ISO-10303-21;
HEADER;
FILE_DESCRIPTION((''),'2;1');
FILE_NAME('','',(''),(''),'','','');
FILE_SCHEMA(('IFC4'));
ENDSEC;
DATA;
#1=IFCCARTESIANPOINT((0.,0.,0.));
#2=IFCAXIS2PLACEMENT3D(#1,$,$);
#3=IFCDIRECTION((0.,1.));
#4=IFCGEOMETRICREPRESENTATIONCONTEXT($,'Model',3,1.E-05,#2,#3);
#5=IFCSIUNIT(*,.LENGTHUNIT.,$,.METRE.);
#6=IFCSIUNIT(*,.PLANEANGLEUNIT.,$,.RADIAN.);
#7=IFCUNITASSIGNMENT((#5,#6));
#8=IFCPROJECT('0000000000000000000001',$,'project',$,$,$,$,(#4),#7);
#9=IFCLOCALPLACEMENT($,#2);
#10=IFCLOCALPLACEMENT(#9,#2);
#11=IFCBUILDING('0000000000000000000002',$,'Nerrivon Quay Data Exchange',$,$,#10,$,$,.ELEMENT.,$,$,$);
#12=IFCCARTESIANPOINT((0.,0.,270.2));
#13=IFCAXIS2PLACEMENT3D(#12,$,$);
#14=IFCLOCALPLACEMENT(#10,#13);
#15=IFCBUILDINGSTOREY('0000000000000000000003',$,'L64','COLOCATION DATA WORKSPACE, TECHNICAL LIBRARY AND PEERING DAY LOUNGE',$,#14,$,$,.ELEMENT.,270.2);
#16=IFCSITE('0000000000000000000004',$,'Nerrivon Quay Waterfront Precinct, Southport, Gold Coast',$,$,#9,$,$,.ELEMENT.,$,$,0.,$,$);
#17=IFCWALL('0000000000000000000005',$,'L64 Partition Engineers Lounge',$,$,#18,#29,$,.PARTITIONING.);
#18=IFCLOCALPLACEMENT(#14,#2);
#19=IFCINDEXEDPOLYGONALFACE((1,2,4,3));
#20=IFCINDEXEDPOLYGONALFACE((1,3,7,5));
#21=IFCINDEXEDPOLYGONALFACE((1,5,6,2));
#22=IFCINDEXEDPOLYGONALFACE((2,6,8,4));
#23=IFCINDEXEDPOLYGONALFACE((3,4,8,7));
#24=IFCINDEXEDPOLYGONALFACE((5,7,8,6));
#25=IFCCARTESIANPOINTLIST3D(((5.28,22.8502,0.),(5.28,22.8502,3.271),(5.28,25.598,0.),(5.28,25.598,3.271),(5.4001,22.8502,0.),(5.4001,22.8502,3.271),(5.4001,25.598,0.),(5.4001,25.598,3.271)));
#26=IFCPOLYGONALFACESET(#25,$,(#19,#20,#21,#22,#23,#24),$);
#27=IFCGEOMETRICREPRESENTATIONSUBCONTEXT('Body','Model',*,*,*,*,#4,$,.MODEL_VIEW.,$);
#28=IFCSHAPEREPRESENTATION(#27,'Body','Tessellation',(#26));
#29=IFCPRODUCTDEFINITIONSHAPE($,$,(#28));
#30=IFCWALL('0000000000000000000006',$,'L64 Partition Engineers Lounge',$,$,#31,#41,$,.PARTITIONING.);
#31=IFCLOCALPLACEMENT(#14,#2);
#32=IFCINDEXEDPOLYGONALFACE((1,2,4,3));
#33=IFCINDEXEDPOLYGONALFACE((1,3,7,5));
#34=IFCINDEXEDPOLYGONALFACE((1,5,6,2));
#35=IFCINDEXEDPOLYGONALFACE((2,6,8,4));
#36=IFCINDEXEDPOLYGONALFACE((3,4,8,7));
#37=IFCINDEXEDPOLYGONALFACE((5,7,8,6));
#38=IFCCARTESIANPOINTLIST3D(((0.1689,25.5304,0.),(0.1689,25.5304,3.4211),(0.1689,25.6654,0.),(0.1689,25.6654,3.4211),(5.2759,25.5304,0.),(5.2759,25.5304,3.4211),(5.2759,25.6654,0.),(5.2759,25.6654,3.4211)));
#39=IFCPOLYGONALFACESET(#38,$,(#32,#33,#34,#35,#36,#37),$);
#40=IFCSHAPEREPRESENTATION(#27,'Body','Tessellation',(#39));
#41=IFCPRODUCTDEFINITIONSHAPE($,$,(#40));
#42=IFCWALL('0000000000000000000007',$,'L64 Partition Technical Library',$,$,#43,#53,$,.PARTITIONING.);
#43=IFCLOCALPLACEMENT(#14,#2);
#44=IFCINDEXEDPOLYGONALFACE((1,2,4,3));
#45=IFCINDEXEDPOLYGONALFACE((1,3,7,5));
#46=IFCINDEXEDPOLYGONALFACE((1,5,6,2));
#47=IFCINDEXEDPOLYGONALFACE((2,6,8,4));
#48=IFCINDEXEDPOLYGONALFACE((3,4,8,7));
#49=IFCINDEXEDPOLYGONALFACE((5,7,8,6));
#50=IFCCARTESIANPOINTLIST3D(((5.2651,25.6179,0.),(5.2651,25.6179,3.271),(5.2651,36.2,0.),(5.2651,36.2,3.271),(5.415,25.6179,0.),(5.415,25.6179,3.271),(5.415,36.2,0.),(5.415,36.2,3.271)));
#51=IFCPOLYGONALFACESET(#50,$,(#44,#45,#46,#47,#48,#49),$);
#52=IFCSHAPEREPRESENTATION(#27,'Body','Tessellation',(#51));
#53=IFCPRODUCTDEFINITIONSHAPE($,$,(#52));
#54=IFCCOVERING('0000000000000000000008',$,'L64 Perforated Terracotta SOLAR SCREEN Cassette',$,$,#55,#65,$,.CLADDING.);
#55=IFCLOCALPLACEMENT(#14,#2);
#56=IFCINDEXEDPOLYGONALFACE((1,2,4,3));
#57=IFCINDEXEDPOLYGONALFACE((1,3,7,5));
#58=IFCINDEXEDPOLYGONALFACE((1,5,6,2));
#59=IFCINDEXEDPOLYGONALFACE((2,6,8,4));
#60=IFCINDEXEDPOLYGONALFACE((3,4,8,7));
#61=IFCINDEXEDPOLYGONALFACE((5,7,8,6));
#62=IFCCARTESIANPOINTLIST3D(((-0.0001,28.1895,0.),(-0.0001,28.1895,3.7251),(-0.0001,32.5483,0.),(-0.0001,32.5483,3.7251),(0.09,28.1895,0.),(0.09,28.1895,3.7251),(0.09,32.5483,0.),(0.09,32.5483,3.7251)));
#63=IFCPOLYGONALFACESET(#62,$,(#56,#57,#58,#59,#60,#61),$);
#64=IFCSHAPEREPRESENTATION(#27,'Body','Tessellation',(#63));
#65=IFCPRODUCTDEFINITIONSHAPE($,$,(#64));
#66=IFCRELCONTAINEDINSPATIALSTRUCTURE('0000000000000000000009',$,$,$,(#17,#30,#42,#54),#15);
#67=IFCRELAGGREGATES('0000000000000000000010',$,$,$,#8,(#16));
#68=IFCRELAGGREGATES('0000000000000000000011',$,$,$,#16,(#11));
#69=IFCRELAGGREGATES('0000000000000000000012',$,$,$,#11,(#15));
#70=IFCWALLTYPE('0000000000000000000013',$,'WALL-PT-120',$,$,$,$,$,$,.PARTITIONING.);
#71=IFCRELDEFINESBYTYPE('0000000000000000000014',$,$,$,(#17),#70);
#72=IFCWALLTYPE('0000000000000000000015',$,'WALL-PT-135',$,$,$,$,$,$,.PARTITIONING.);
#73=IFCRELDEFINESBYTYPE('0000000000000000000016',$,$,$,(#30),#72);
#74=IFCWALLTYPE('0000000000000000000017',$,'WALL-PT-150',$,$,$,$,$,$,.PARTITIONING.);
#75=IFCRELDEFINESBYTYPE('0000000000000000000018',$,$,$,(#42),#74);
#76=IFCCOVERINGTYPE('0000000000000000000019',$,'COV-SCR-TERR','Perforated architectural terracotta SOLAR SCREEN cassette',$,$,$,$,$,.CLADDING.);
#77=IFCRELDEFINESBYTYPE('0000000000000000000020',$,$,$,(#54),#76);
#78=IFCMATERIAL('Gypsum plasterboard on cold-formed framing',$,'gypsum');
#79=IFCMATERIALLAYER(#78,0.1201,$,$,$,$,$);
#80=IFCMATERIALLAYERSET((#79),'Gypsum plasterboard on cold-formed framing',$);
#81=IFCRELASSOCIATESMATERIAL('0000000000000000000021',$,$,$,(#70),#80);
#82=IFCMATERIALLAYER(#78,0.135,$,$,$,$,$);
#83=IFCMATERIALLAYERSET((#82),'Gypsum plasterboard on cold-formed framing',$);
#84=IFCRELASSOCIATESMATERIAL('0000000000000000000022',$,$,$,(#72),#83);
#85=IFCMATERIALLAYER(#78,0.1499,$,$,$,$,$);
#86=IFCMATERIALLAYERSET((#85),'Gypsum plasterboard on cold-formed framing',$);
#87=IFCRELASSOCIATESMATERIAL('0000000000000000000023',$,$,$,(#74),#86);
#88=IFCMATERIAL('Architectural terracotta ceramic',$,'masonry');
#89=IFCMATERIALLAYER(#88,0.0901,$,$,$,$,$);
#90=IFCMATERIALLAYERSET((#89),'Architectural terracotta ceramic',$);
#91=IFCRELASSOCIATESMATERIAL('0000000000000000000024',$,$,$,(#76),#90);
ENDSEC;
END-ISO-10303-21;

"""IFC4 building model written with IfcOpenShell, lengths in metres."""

from ifc_helpers import new_model, si_unit, direction, frame, frame_2d, origin, origin_2d, place, context, subcontext, project, spatial, rectangle, extrude, material, layer, layer_set, type_object, element, save


model = new_model("IFC4")

# Units and contexts
model_context = context("Model", 3, precision=1e-05, world=origin(), true_north=direction((0.0, 1.0)))
body_context = subcontext(model_context, "Body", "Model", "MODEL_VIEW")
ifc_project = project(units=[si_unit("LENGTHUNIT", "METRE"), si_unit("PLANEANGLEUNIT", "RADIAN")], contexts=[model_context])

# Site, building, storey
site_placement = place(None, origin())
site = spatial("IfcSite", under=ifc_project, at=site_placement, Name="Nerrivon Quay Waterfront Precinct, Southport, Gold Coast", CompositionType="ELEMENT", RefElevation=0.0)
building_placement = place(site_placement, origin())
building = spatial("IfcBuilding", under=site, at=building_placement, Name="Nerrivon Quay Data Exchange", CompositionType="ELEMENT")
storey_placement = place(building_placement, frame((0.0, 0.0, 270.2)))
storey = spatial("IfcBuildingStorey", under=building, at=storey_placement, Name="L64", Description="COLOCATION DATA WORKSPACE, TECHNICAL LIBRARY AND PEERING DAY LOUNGE", CompositionType="ELEMENT", Elevation=270.2)

# Walls
ifc_material_1 = material(Name="Gypsum plasterboard on cold-formed framing", Category="gypsum")
ifc_layer_1 = layer(ifc_material_1, 0.1201)
ifc_layer_set_1 = layer_set([ifc_layer_1], Name="Gypsum plasterboard on cold-formed framing")
wall_type_1 = type_object("IfcWallType", Name="WALL-PT-120", PredefinedType="PARTITIONING", material=ifc_layer_set_1)
wall_1_placement = place(storey_placement, frame((5.3401, 22.8501, 0.0), z_axis=(0.0, 0.0, 1.0), x_axis=(0.0, 1.0, 0.0)))
element("IfcWall", 1, at=wall_1_placement, inside=storey, type_object=wall_type_1, Name="L64 Partition Engineers Lounge", PredefinedType="PARTITIONING", context=body_context, shape_type="SweptSolid", body=[
    extrude(rectangle(XDim=2.7478, YDim=0.1201, at=frame_2d((1.374, 0.0))), origin(), (0.0, 0.0, 1.0), 3.271),
])
ifc_layer_2 = layer(ifc_material_1, 0.135)
ifc_layer_set_2 = layer_set([ifc_layer_2], Name="Gypsum plasterboard on cold-formed framing")
wall_type_2 = type_object("IfcWallType", Name="WALL-PT-135", PredefinedType="PARTITIONING", material=ifc_layer_set_2)
wall_2_placement = place(storey_placement, frame((5.2759, 25.5979, 0.0), z_axis=(0.0, 0.0, 1.0), x_axis=(-1.0, 0.0, 0.0)))
element("IfcWall", 2, at=wall_2_placement, inside=storey, type_object=wall_type_2, Name="L64 Partition Engineers Lounge", PredefinedType="PARTITIONING", context=body_context, shape_type="SweptSolid", body=[
    extrude(rectangle(XDim=5.1069, YDim=0.135, at=frame_2d((2.5535, 0.0))), origin(), (0.0, 0.0, 1.0), 3.4211),
])
ifc_layer_3 = layer(ifc_material_1, 0.1499)
ifc_layer_set_3 = layer_set([ifc_layer_3], Name="Gypsum plasterboard on cold-formed framing")
wall_type_3 = type_object("IfcWallType", Name="WALL-PT-150", PredefinedType="PARTITIONING", material=ifc_layer_set_3)
wall_3_placement = place(storey_placement, frame((5.3401, 25.6179, 0.0), z_axis=(0.0, 0.0, 1.0), x_axis=(0.0, 1.0, 0.0)))
element("IfcWall", 3, at=wall_3_placement, inside=storey, type_object=wall_type_3, Name="L64 Partition Technical Library", PredefinedType="PARTITIONING", context=body_context, shape_type="SweptSolid", body=[
    extrude(rectangle(XDim=10.582, YDim=0.1499, at=frame_2d((5.291, 0.0))), origin(), (0.0, 0.0, 1.0), 3.271),
])

# Covering
ifc_material_2 = material(Name="Architectural terracotta ceramic", Category="masonry")
ifc_layer_4 = layer(ifc_material_2, 0.0901)
ifc_layer_set_4 = layer_set([ifc_layer_4], Name="Architectural terracotta ceramic")
covering_type = type_object("IfcCoveringType", Name="COV-SCR-TERR", Description="Perforated architectural terracotta SOLAR SCREEN cassette", PredefinedType="CLADDING", material=ifc_layer_set_4)
covering_placement = place(storey_placement, frame((0.0449, 30.3689, 0.0), z_axis=(0.0, 0.0, 1.0), x_axis=(0.0, 1.0, 0.0)))
element("IfcCovering", 4, at=covering_placement, inside=storey, type_object=covering_type, Name="L64 Perforated Terracotta SOLAR SCREEN Cassette", PredefinedType="CLADDING", context=body_context, shape_type="SweptSolid", body=[
    extrude(rectangle(XDim=4.3589, YDim=0.0901, at=origin_2d()), origin(), (0.0, 0.0, 1.0), 3.7251),
])

save(model, "model.ifc")
